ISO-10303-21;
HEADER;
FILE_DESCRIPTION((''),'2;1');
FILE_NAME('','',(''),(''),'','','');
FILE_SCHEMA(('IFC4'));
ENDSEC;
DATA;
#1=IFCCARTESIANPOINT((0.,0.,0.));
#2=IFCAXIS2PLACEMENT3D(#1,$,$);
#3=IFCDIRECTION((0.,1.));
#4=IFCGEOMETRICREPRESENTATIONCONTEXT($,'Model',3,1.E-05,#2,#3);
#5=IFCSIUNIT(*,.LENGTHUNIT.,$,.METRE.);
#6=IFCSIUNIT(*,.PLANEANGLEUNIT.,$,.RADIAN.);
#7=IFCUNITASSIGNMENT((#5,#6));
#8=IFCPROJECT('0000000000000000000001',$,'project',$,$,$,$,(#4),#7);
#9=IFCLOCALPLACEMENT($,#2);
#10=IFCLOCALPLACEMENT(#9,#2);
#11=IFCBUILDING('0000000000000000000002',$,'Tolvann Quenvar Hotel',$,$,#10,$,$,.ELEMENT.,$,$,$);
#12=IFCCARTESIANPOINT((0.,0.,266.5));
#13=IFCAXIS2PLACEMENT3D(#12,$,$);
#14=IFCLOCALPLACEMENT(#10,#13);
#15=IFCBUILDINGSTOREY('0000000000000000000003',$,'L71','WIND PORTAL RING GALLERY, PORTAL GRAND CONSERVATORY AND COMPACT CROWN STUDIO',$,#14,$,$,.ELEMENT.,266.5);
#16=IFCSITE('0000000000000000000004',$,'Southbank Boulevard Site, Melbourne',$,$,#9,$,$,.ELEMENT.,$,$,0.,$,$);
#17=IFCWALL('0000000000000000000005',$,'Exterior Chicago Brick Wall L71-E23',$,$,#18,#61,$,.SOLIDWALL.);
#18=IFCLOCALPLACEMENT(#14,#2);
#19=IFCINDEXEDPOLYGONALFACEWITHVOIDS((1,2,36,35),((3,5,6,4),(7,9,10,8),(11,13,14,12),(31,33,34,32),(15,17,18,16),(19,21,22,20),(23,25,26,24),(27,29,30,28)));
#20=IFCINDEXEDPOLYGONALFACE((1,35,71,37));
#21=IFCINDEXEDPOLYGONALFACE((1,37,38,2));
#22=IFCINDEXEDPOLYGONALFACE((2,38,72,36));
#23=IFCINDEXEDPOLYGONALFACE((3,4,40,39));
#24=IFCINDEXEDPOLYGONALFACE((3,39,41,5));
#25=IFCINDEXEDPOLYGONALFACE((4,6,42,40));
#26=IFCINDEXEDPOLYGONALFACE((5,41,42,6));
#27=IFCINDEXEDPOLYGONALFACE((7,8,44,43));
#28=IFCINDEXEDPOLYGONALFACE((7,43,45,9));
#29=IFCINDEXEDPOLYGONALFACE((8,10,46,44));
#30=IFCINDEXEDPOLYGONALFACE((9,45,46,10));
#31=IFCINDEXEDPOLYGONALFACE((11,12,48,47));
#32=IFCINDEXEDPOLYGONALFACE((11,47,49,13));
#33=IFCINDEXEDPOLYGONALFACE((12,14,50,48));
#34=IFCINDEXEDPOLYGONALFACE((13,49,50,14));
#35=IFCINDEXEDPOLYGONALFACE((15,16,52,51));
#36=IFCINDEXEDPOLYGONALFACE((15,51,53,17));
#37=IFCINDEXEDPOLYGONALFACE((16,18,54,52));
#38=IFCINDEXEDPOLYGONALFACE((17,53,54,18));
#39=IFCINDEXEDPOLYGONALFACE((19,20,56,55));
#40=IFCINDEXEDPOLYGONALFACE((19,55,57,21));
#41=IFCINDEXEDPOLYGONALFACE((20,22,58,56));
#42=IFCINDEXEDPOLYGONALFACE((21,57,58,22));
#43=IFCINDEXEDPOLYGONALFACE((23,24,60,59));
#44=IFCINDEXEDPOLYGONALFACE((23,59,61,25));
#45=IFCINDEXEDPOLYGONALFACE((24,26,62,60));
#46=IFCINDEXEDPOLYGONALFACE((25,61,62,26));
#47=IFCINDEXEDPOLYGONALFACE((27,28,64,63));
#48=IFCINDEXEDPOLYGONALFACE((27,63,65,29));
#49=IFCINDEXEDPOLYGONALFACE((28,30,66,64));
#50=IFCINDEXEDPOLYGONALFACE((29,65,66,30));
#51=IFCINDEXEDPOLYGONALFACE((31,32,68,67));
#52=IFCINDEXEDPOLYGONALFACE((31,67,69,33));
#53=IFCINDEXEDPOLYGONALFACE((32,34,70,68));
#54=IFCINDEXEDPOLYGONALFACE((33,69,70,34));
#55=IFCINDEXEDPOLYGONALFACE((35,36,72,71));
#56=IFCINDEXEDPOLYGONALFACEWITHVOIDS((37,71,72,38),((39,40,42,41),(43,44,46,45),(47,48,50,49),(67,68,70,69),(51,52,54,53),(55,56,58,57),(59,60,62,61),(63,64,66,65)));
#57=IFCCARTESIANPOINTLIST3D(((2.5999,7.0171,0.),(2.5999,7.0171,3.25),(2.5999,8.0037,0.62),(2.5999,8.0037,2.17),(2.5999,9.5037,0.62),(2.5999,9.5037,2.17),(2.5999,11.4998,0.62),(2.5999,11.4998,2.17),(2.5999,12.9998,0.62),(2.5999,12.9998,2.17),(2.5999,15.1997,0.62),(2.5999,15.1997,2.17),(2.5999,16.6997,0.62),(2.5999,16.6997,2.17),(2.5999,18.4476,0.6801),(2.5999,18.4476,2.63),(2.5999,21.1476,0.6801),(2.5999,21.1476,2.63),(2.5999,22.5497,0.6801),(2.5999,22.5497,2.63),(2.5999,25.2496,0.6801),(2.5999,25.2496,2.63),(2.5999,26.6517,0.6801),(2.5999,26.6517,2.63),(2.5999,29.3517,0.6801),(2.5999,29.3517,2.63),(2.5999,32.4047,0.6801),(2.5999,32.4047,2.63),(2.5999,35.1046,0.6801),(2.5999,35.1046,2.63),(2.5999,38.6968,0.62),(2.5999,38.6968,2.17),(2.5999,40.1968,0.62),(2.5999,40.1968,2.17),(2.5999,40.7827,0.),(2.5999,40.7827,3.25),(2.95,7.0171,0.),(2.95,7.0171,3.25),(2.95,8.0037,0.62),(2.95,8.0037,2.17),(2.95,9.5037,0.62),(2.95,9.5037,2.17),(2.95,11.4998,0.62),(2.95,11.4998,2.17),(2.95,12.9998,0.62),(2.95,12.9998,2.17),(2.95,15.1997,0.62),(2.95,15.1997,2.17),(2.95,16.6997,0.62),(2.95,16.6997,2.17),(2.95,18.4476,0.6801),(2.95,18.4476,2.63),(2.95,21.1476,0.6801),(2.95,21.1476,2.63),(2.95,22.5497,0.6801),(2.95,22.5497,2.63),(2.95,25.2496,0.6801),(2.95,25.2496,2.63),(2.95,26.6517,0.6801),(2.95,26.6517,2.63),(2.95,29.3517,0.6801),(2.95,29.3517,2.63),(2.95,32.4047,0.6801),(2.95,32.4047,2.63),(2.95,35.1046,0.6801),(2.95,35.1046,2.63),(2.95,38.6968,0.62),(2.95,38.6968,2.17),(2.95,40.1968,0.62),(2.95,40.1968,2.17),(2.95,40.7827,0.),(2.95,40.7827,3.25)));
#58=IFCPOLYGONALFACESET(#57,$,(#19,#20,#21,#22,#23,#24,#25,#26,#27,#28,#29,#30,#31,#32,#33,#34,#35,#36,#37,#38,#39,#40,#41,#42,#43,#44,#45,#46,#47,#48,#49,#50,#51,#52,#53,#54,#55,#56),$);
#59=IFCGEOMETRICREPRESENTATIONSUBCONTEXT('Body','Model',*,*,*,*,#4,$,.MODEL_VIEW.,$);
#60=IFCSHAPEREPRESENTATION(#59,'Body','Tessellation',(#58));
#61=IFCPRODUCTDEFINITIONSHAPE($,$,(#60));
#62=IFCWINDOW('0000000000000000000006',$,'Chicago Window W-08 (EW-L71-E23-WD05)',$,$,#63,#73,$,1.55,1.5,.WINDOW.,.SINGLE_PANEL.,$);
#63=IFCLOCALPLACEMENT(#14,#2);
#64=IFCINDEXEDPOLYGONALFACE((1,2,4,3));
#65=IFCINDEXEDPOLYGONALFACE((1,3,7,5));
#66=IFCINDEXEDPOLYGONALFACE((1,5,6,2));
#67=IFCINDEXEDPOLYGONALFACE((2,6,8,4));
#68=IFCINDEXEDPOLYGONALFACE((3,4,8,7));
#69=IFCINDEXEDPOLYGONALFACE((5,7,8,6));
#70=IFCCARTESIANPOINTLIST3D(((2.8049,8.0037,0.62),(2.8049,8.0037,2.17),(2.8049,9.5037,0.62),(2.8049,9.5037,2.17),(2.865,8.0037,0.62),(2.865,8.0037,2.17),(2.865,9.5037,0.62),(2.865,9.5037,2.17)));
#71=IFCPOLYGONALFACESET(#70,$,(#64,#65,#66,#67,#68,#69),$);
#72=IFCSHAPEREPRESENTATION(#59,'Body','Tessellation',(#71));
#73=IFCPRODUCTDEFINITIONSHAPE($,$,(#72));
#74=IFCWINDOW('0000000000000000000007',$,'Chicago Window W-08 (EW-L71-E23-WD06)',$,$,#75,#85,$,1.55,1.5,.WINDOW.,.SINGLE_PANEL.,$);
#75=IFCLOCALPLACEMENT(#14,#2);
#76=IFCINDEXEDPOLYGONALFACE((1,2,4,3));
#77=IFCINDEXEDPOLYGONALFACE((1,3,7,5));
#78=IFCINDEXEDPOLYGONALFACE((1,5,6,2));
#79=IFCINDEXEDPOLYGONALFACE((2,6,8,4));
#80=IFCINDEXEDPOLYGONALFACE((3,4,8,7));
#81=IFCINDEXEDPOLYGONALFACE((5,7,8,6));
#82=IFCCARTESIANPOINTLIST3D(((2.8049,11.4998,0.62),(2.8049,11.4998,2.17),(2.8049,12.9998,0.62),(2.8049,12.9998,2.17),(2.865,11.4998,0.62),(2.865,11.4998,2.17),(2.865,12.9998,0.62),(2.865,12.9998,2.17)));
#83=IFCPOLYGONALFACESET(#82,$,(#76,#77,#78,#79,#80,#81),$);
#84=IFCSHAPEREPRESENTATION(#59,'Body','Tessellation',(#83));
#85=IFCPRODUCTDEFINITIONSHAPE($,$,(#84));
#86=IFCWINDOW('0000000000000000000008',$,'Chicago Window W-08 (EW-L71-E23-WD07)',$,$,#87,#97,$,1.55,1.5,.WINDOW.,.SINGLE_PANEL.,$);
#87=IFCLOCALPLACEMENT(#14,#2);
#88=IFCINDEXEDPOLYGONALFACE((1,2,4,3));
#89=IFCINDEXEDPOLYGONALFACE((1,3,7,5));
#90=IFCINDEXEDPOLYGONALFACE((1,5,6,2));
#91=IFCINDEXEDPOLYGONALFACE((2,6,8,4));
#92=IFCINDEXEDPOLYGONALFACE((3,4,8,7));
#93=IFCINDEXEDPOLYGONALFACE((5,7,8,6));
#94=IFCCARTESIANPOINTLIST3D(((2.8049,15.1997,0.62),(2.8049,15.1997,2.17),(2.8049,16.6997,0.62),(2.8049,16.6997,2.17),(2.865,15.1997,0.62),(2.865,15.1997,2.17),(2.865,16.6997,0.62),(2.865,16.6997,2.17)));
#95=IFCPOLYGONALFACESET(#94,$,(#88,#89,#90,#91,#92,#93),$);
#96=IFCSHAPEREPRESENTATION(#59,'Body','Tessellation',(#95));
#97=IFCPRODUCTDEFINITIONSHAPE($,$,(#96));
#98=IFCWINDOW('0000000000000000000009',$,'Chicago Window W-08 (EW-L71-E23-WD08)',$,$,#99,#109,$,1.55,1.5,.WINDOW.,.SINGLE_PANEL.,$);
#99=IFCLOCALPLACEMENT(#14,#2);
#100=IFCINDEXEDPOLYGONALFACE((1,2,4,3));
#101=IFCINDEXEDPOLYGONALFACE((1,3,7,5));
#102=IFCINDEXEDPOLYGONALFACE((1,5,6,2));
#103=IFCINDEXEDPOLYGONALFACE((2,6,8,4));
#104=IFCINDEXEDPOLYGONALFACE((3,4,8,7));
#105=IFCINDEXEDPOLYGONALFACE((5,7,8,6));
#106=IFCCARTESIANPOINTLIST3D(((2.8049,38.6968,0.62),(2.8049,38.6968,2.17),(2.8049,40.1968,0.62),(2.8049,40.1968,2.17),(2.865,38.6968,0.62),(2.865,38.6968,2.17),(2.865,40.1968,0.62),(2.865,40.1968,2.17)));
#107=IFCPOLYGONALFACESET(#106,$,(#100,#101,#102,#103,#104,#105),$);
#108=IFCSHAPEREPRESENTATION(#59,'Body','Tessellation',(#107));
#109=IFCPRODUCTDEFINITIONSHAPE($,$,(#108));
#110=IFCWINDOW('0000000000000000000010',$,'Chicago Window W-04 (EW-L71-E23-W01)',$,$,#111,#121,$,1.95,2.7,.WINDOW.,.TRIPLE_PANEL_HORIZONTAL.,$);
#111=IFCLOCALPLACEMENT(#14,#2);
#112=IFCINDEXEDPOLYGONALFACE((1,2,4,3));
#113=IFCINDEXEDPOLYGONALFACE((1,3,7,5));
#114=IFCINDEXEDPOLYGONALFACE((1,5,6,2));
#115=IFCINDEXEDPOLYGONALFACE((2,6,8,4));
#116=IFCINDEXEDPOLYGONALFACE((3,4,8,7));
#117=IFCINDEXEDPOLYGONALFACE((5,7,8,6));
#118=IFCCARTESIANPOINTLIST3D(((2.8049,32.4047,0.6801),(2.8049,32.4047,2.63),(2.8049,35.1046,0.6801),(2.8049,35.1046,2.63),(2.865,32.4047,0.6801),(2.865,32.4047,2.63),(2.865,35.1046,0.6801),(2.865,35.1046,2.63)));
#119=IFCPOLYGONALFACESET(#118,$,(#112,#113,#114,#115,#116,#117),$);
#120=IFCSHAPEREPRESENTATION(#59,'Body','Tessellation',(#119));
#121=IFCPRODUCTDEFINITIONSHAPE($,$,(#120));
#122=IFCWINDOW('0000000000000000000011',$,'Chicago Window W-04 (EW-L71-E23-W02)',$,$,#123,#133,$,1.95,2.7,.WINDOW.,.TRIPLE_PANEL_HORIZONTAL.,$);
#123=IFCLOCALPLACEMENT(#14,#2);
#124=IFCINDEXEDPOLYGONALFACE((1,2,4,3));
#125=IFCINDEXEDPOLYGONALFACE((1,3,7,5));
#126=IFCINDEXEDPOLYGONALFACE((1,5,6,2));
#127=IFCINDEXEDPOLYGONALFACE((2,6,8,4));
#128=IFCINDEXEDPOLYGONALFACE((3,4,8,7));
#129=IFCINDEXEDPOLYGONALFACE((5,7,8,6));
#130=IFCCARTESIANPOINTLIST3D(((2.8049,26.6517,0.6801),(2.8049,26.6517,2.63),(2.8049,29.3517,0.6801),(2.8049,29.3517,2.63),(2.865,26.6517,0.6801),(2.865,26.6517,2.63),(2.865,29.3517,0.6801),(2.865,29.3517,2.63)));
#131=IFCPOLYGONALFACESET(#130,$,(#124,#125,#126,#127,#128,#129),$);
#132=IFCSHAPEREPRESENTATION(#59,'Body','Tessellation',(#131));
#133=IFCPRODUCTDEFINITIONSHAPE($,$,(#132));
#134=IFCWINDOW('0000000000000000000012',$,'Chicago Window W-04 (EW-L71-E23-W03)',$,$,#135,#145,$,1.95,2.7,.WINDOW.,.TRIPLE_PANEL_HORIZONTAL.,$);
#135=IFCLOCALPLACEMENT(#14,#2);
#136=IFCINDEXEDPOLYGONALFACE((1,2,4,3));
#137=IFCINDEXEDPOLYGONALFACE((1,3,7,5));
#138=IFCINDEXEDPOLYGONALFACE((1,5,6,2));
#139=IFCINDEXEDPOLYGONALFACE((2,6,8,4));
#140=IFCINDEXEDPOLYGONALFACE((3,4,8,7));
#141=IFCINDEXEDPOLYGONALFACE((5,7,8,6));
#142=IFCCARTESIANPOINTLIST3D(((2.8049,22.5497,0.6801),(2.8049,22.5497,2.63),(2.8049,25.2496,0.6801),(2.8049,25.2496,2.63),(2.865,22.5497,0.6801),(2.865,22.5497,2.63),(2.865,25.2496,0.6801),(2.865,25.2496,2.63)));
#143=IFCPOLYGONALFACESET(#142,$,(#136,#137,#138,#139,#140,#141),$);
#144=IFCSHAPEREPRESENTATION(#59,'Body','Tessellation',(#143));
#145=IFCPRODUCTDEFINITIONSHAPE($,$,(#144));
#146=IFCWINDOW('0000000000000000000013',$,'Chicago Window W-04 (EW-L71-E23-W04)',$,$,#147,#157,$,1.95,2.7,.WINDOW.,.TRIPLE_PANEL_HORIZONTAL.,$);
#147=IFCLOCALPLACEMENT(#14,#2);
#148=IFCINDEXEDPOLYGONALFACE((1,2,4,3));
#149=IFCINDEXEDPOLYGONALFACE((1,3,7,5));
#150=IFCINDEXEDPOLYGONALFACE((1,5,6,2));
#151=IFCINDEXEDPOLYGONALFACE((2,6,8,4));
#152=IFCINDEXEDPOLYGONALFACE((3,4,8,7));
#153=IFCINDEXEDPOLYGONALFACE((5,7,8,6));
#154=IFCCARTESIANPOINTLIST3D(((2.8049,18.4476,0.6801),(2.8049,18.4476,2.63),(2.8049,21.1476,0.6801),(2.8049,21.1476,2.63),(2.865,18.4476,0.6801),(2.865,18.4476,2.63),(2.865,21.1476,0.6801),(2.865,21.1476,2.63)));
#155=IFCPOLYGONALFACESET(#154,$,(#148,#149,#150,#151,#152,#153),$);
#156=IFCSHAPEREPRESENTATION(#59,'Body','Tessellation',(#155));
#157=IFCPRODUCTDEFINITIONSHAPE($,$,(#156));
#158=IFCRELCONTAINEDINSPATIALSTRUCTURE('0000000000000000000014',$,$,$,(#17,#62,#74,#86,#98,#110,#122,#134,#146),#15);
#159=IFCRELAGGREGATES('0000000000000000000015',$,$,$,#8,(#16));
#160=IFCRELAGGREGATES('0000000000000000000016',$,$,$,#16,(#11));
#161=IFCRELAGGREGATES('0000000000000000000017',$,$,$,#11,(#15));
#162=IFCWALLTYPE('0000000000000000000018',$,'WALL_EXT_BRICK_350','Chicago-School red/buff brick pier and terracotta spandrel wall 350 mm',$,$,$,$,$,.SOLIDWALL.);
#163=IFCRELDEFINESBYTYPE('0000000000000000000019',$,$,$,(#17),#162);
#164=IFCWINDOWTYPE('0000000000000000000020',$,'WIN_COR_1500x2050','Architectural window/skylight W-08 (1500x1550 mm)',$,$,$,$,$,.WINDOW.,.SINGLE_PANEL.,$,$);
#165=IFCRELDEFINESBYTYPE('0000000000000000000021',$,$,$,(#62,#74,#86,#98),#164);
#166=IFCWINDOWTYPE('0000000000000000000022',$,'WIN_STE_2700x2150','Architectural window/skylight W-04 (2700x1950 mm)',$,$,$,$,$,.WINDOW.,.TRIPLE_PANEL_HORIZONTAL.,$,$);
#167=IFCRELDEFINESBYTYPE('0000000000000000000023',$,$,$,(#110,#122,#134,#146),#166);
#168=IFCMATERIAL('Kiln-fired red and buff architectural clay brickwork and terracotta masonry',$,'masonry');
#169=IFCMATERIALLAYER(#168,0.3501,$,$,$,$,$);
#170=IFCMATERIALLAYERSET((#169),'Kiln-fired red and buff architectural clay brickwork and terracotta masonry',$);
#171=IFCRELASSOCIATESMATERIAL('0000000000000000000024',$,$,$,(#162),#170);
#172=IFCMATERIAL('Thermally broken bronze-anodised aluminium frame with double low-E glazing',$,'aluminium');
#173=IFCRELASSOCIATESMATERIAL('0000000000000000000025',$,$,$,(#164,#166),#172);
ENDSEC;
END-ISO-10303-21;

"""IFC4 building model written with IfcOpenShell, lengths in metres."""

from ifc_helpers import new_model, si_unit, direction, frame, frame_2d, origin, place, context, subcontext, project, spatial, rectangle, extrude, source, transform, mapped, material, layer, layer_set, type_object, type_shapes, element, fill, save


model = new_model("IFC4")

# Units and contexts
model_context = context("Model", 3, precision=1e-05, world=origin(), true_north=direction((0.0, 1.0)))
body_context = subcontext(model_context, "Body", "Model", "MODEL_VIEW")
ifc_project = project(units=[si_unit("LENGTHUNIT", "METRE"), si_unit("PLANEANGLEUNIT", "RADIAN")], contexts=[model_context])

# Site, building, storey
site_placement = place(None, origin())
site = spatial("IfcSite", under=ifc_project, at=site_placement, Name="Southbank Boulevard Site, Melbourne", CompositionType="ELEMENT", RefElevation=0.0)
building_placement = place(site_placement, origin())
building = spatial("IfcBuilding", under=site, at=building_placement, Name="Tolvann Quenvar Hotel", CompositionType="ELEMENT")
storey_placement = place(building_placement, frame((0.0, 0.0, 266.5)))
storey = spatial("IfcBuildingStorey", under=building, at=storey_placement, Name="L71", Description="WIND PORTAL RING GALLERY, PORTAL GRAND CONSERVATORY AND COMPACT CROWN STUDIO", CompositionType="ELEMENT", Elevation=266.5)

# Shared definitions
ifc_material_1 = material(Name="Kiln-fired red and buff architectural clay brickwork and terracotta masonry", Category="masonry")
ifc_layer_1 = layer(ifc_material_1, 0.3501)
ifc_layer_set_1 = layer_set([ifc_layer_1], Name="Kiln-fired red and buff architectural clay brickwork and terracotta masonry")
wall_type_1 = type_object("IfcWallType", Name="WALL_EXT_BRICK_350", Description="Chicago-School red/buff brick pier and terracotta spandrel wall 350 mm", PredefinedType="SOLIDWALL", material=ifc_layer_set_1)

# Wall, openings, windows
wall_1_placement = place(storey_placement, frame((2.7749, 40.7827, 0.0), z_axis=(0.0, 0.0, 1.0), x_axis=(0.0, -1.0, 0.0)))
wall_1 = element("IfcWall", 1, at=wall_1_placement, inside=storey, type_object=wall_type_1, Name="Exterior Chicago Brick Wall L71-E23", PredefinedType="SOLIDWALL", context=body_context, shape_type="SweptSolid", body=[
    extrude(rectangle(XDim=33.7656, YDim=0.3501, at=frame_2d((16.8828, 0.0))), origin(), (0.0, 0.0, 1.0), 3.25),
])
opening_1_placement = place(wall_1_placement, frame((5.678, 0.0, 0.6799)))
opening_1 = element("IfcOpeningElement", 2, at=opening_1_placement, cuts=wall_1, PredefinedType="OPENING", context=body_context, shape_type="SweptSolid", body=[
    extrude(rectangle(XDim=2.7, YDim=1.95, at=frame_2d((1.3501, 0.9751))), frame((0.0, 0.1851, 0.0), z_axis=(0.0, -1.0, 0.0), x_axis=(1.0, 0.0, 0.0)), (0.0, 0.0, 1.0), 0.3701),
])
opening_2_placement = place(wall_1_placement, frame((11.4309, 0.0, 0.6799)))
opening_2 = element("IfcOpeningElement", 3, at=opening_2_placement, cuts=wall_1, PredefinedType="OPENING", context=body_context, shape_type="SweptSolid", body=[
    extrude(rectangle(XDim=2.7, YDim=1.95, at=frame_2d((1.3501, 0.9751))), frame((0.0, 0.1851, 0.0), z_axis=(0.0, -1.0, 0.0), x_axis=(1.0, 0.0, 0.0)), (0.0, 0.0, 1.0), 0.3701),
])
opening_3_placement = place(wall_1_placement, frame((15.533, 0.0, 0.6799)))
opening_3 = element("IfcOpeningElement", 4, at=opening_3_placement, cuts=wall_1, PredefinedType="OPENING", context=body_context, shape_type="SweptSolid", body=[
    extrude(rectangle(XDim=2.7, YDim=1.95, at=frame_2d((1.3501, 0.9751))), frame((0.0, 0.1851, 0.0), z_axis=(0.0, -1.0, 0.0), x_axis=(1.0, 0.0, 0.0)), (0.0, 0.0, 1.0), 0.3701),
])
opening_4_placement = place(wall_1_placement, frame((19.635, 0.0, 0.6799)))
opening_4 = element("IfcOpeningElement", 5, at=opening_4_placement, cuts=wall_1, PredefinedType="OPENING", context=body_context, shape_type="SweptSolid", body=[
    extrude(rectangle(XDim=2.7, YDim=1.95, at=frame_2d((1.3501, 0.9751))), frame((0.0, 0.1851, 0.0), z_axis=(0.0, -1.0, 0.0), x_axis=(1.0, 0.0, 0.0)), (0.0, 0.0, 1.0), 0.3701),
])
opening_5_placement = place(wall_1_placement, frame((31.2791, 0.0, 0.6201)))
opening_5 = element("IfcOpeningElement", 6, at=opening_5_placement, cuts=wall_1, PredefinedType="OPENING", context=body_context, shape_type="SweptSolid", body=[
    extrude(rectangle(XDim=1.5, YDim=1.55, at=frame_2d((0.75, 0.7749))), frame((0.0, 0.1851, 0.0), z_axis=(0.0, -1.0, 0.0), x_axis=(1.0, 0.0, 0.0)), (0.0, 0.0, 1.0), 0.3701),
])
opening_6_placement = place(wall_1_placement, frame((27.783, 0.0, 0.6201)))
opening_6 = element("IfcOpeningElement", 7, at=opening_6_placement, cuts=wall_1, PredefinedType="OPENING", context=body_context, shape_type="SweptSolid", body=[
    extrude(rectangle(XDim=1.5, YDim=1.55, at=frame_2d((0.75, 0.7749))), frame((0.0, 0.1851, 0.0), z_axis=(0.0, -1.0, 0.0), x_axis=(1.0, 0.0, 0.0)), (0.0, 0.0, 1.0), 0.3701),
])
opening_7_placement = place(wall_1_placement, frame((24.083, 0.0, 0.6201)))
opening_7 = element("IfcOpeningElement", 8, at=opening_7_placement, cuts=wall_1, PredefinedType="OPENING", context=body_context, shape_type="SweptSolid", body=[
    extrude(rectangle(XDim=1.5, YDim=1.55, at=frame_2d((0.75, 0.7749))), frame((0.0, 0.1851, 0.0), z_axis=(0.0, -1.0, 0.0), x_axis=(1.0, 0.0, 0.0)), (0.0, 0.0, 1.0), 0.3701),
])
opening_8_placement = place(wall_1_placement, frame((0.5859, 0.0, 0.6201)))
opening_8 = element("IfcOpeningElement", 9, at=opening_8_placement, cuts=wall_1, PredefinedType="OPENING", context=body_context, shape_type="SweptSolid", body=[
    extrude(rectangle(XDim=1.5, YDim=1.55, at=frame_2d((0.75, 0.7749))), frame((0.0, 0.1851, 0.0), z_axis=(0.0, -1.0, 0.0), x_axis=(1.0, 0.0, 0.0)), (0.0, 0.0, 1.0), 0.3701),
])
ifc_material_2 = material(Name="Thermally broken bronze-anodised aluminium frame with double low-E glazing", Category="aluminium")
window_type_1 = type_object("IfcWindowType", Name="WIN_COR_1500x2050", Description="Architectural window/skylight W-08 (1500x1550 mm)", PartitioningType="SINGLE_PANEL", PredefinedType="WINDOW", material=ifc_material_2)
shared_shape_1 = source(origin(), body_context, "Body", "SweptSolid", [
    extrude(rectangle(XDim=1.5, YDim=1.55, at=frame_2d((0.75, 0.7749))), frame((0.0, 0.0901, 0.0), z_axis=(0.0, -1.0, 0.0), x_axis=(1.0, 0.0, 0.0)), (0.0, 0.0, 1.0), 0.0601),
])
type_shapes(window_type_1, [shared_shape_1])
window_1_placement = place(opening_5_placement, origin())
window_1 = element("IfcWindow", 10, at=window_1_placement, inside=storey, type_object=window_type_1, Name="Chicago Window W-08 (EW-L71-E23-WD05)", OverallHeight=1.55, OverallWidth=1.5, PartitioningType="SINGLE_PANEL", PredefinedType="WINDOW", context=body_context, shape_type="MappedRepresentation", body=[
    mapped(shared_shape_1, transform((0.0, 0.0, 0.0), x_axis=(1.0, 0.0, 0.0), y_axis=(0.0, 1.0, 0.0), z_axis=(0.0, 0.0, 1.0), scale=1.0)),
])
fill(opening_5, window_1)
window_2_placement = place(opening_6_placement, origin())
window_2 = element("IfcWindow", 11, at=window_2_placement, inside=storey, type_object=window_type_1, Name="Chicago Window W-08 (EW-L71-E23-WD06)", OverallHeight=1.55, OverallWidth=1.5, PartitioningType="SINGLE_PANEL", PredefinedType="WINDOW", context=body_context, shape_type="MappedRepresentation", body=[
    mapped(shared_shape_1, transform((0.0, 0.0, 0.0), x_axis=(1.0, 0.0, 0.0), y_axis=(0.0, 1.0, 0.0), z_axis=(0.0, 0.0, 1.0), scale=1.0)),
])
fill(opening_6, window_2)
window_3_placement = place(opening_7_placement, origin())
window_3 = element("IfcWindow", 12, at=window_3_placement, inside=storey, type_object=window_type_1, Name="Chicago Window W-08 (EW-L71-E23-WD07)", OverallHeight=1.55, OverallWidth=1.5, PartitioningType="SINGLE_PANEL", PredefinedType="WINDOW", context=body_context, shape_type="MappedRepresentation", body=[
    mapped(shared_shape_1, transform((0.0, 0.0, 0.0), x_axis=(1.0, 0.0, 0.0), y_axis=(0.0, 1.0, 0.0), z_axis=(0.0, 0.0, 1.0), scale=1.0)),
])
fill(opening_7, window_3)
window_4_placement = place(opening_8_placement, origin())
window_4 = element("IfcWindow", 13, at=window_4_placement, inside=storey, type_object=window_type_1, Name="Chicago Window W-08 (EW-L71-E23-WD08)", OverallHeight=1.55, OverallWidth=1.5, PartitioningType="SINGLE_PANEL", PredefinedType="WINDOW", context=body_context, shape_type="MappedRepresentation", body=[
    mapped(shared_shape_1, transform((0.0, 0.0, 0.0), x_axis=(1.0, 0.0, 0.0), y_axis=(0.0, 1.0, 0.0), z_axis=(0.0, 0.0, 1.0), scale=1.0)),
])
fill(opening_8, window_4)
window_type_2 = type_object("IfcWindowType", Name="WIN_STE_2700x2150", Description="Architectural window/skylight W-04 (2700x1950 mm)", PartitioningType="TRIPLE_PANEL_HORIZONTAL", PredefinedType="WINDOW", material=ifc_material_2)
shared_shape_2 = source(origin(), body_context, "Body", "SweptSolid", [
    extrude(rectangle(XDim=2.7, YDim=1.95, at=frame_2d((1.3501, 0.9751))), frame((0.0, 0.0901, 0.0), z_axis=(0.0, -1.0, 0.0), x_axis=(1.0, 0.0, 0.0)), (0.0, 0.0, 1.0), 0.0601),
])
type_shapes(window_type_2, [shared_shape_2])
window_5_placement = place(opening_1_placement, origin())
window_5 = element("IfcWindow", 14, at=window_5_placement, inside=storey, type_object=window_type_2, Name="Chicago Window W-04 (EW-L71-E23-W01)", OverallHeight=1.95, OverallWidth=2.7, PartitioningType="TRIPLE_PANEL_HORIZONTAL", PredefinedType="WINDOW", context=body_context, shape_type="MappedRepresentation", body=[
    mapped(shared_shape_2, transform((0.0, 0.0, 0.0), x_axis=(1.0, 0.0, 0.0), y_axis=(0.0, 1.0, 0.0), z_axis=(0.0, 0.0, 1.0), scale=1.0)),
])
fill(opening_1, window_5)
window_6_placement = place(opening_2_placement, origin())
window_6 = element("IfcWindow", 15, at=window_6_placement, inside=storey, type_object=window_type_2, Name="Chicago Window W-04 (EW-L71-E23-W02)", OverallHeight=1.95, OverallWidth=2.7, PartitioningType="TRIPLE_PANEL_HORIZONTAL", PredefinedType="WINDOW", context=body_context, shape_type="MappedRepresentation", body=[
    mapped(shared_shape_2, transform((0.0, 0.0, 0.0), x_axis=(1.0, 0.0, 0.0), y_axis=(0.0, 1.0, 0.0), z_axis=(0.0, 0.0, 1.0), scale=1.0)),
])
fill(opening_2, window_6)
window_7_placement = place(opening_3_placement, origin())
window_7 = element("IfcWindow", 16, at=window_7_placement, inside=storey, type_object=window_type_2, Name="Chicago Window W-04 (EW-L71-E23-W03)", OverallHeight=1.95, OverallWidth=2.7, PartitioningType="TRIPLE_PANEL_HORIZONTAL", PredefinedType="WINDOW", context=body_context, shape_type="MappedRepresentation", body=[
    mapped(shared_shape_2, transform((0.0, 0.0, 0.0), x_axis=(1.0, 0.0, 0.0), y_axis=(0.0, 1.0, 0.0), z_axis=(0.0, 0.0, 1.0), scale=1.0)),
])
fill(opening_3, window_7)
window_8_placement = place(opening_4_placement, origin())
window_8 = element("IfcWindow", 17, at=window_8_placement, inside=storey, type_object=window_type_2, Name="Chicago Window W-04 (EW-L71-E23-W04)", OverallHeight=1.95, OverallWidth=2.7, PartitioningType="TRIPLE_PANEL_HORIZONTAL", PredefinedType="WINDOW", context=body_context, shape_type="MappedRepresentation", body=[
    mapped(shared_shape_2, transform((0.0, 0.0, 0.0), x_axis=(1.0, 0.0, 0.0), y_axis=(0.0, 1.0, 0.0), z_axis=(0.0, 0.0, 1.0), scale=1.0)),
])
fill(opening_4, window_8)

save(model, "model.ifc")
